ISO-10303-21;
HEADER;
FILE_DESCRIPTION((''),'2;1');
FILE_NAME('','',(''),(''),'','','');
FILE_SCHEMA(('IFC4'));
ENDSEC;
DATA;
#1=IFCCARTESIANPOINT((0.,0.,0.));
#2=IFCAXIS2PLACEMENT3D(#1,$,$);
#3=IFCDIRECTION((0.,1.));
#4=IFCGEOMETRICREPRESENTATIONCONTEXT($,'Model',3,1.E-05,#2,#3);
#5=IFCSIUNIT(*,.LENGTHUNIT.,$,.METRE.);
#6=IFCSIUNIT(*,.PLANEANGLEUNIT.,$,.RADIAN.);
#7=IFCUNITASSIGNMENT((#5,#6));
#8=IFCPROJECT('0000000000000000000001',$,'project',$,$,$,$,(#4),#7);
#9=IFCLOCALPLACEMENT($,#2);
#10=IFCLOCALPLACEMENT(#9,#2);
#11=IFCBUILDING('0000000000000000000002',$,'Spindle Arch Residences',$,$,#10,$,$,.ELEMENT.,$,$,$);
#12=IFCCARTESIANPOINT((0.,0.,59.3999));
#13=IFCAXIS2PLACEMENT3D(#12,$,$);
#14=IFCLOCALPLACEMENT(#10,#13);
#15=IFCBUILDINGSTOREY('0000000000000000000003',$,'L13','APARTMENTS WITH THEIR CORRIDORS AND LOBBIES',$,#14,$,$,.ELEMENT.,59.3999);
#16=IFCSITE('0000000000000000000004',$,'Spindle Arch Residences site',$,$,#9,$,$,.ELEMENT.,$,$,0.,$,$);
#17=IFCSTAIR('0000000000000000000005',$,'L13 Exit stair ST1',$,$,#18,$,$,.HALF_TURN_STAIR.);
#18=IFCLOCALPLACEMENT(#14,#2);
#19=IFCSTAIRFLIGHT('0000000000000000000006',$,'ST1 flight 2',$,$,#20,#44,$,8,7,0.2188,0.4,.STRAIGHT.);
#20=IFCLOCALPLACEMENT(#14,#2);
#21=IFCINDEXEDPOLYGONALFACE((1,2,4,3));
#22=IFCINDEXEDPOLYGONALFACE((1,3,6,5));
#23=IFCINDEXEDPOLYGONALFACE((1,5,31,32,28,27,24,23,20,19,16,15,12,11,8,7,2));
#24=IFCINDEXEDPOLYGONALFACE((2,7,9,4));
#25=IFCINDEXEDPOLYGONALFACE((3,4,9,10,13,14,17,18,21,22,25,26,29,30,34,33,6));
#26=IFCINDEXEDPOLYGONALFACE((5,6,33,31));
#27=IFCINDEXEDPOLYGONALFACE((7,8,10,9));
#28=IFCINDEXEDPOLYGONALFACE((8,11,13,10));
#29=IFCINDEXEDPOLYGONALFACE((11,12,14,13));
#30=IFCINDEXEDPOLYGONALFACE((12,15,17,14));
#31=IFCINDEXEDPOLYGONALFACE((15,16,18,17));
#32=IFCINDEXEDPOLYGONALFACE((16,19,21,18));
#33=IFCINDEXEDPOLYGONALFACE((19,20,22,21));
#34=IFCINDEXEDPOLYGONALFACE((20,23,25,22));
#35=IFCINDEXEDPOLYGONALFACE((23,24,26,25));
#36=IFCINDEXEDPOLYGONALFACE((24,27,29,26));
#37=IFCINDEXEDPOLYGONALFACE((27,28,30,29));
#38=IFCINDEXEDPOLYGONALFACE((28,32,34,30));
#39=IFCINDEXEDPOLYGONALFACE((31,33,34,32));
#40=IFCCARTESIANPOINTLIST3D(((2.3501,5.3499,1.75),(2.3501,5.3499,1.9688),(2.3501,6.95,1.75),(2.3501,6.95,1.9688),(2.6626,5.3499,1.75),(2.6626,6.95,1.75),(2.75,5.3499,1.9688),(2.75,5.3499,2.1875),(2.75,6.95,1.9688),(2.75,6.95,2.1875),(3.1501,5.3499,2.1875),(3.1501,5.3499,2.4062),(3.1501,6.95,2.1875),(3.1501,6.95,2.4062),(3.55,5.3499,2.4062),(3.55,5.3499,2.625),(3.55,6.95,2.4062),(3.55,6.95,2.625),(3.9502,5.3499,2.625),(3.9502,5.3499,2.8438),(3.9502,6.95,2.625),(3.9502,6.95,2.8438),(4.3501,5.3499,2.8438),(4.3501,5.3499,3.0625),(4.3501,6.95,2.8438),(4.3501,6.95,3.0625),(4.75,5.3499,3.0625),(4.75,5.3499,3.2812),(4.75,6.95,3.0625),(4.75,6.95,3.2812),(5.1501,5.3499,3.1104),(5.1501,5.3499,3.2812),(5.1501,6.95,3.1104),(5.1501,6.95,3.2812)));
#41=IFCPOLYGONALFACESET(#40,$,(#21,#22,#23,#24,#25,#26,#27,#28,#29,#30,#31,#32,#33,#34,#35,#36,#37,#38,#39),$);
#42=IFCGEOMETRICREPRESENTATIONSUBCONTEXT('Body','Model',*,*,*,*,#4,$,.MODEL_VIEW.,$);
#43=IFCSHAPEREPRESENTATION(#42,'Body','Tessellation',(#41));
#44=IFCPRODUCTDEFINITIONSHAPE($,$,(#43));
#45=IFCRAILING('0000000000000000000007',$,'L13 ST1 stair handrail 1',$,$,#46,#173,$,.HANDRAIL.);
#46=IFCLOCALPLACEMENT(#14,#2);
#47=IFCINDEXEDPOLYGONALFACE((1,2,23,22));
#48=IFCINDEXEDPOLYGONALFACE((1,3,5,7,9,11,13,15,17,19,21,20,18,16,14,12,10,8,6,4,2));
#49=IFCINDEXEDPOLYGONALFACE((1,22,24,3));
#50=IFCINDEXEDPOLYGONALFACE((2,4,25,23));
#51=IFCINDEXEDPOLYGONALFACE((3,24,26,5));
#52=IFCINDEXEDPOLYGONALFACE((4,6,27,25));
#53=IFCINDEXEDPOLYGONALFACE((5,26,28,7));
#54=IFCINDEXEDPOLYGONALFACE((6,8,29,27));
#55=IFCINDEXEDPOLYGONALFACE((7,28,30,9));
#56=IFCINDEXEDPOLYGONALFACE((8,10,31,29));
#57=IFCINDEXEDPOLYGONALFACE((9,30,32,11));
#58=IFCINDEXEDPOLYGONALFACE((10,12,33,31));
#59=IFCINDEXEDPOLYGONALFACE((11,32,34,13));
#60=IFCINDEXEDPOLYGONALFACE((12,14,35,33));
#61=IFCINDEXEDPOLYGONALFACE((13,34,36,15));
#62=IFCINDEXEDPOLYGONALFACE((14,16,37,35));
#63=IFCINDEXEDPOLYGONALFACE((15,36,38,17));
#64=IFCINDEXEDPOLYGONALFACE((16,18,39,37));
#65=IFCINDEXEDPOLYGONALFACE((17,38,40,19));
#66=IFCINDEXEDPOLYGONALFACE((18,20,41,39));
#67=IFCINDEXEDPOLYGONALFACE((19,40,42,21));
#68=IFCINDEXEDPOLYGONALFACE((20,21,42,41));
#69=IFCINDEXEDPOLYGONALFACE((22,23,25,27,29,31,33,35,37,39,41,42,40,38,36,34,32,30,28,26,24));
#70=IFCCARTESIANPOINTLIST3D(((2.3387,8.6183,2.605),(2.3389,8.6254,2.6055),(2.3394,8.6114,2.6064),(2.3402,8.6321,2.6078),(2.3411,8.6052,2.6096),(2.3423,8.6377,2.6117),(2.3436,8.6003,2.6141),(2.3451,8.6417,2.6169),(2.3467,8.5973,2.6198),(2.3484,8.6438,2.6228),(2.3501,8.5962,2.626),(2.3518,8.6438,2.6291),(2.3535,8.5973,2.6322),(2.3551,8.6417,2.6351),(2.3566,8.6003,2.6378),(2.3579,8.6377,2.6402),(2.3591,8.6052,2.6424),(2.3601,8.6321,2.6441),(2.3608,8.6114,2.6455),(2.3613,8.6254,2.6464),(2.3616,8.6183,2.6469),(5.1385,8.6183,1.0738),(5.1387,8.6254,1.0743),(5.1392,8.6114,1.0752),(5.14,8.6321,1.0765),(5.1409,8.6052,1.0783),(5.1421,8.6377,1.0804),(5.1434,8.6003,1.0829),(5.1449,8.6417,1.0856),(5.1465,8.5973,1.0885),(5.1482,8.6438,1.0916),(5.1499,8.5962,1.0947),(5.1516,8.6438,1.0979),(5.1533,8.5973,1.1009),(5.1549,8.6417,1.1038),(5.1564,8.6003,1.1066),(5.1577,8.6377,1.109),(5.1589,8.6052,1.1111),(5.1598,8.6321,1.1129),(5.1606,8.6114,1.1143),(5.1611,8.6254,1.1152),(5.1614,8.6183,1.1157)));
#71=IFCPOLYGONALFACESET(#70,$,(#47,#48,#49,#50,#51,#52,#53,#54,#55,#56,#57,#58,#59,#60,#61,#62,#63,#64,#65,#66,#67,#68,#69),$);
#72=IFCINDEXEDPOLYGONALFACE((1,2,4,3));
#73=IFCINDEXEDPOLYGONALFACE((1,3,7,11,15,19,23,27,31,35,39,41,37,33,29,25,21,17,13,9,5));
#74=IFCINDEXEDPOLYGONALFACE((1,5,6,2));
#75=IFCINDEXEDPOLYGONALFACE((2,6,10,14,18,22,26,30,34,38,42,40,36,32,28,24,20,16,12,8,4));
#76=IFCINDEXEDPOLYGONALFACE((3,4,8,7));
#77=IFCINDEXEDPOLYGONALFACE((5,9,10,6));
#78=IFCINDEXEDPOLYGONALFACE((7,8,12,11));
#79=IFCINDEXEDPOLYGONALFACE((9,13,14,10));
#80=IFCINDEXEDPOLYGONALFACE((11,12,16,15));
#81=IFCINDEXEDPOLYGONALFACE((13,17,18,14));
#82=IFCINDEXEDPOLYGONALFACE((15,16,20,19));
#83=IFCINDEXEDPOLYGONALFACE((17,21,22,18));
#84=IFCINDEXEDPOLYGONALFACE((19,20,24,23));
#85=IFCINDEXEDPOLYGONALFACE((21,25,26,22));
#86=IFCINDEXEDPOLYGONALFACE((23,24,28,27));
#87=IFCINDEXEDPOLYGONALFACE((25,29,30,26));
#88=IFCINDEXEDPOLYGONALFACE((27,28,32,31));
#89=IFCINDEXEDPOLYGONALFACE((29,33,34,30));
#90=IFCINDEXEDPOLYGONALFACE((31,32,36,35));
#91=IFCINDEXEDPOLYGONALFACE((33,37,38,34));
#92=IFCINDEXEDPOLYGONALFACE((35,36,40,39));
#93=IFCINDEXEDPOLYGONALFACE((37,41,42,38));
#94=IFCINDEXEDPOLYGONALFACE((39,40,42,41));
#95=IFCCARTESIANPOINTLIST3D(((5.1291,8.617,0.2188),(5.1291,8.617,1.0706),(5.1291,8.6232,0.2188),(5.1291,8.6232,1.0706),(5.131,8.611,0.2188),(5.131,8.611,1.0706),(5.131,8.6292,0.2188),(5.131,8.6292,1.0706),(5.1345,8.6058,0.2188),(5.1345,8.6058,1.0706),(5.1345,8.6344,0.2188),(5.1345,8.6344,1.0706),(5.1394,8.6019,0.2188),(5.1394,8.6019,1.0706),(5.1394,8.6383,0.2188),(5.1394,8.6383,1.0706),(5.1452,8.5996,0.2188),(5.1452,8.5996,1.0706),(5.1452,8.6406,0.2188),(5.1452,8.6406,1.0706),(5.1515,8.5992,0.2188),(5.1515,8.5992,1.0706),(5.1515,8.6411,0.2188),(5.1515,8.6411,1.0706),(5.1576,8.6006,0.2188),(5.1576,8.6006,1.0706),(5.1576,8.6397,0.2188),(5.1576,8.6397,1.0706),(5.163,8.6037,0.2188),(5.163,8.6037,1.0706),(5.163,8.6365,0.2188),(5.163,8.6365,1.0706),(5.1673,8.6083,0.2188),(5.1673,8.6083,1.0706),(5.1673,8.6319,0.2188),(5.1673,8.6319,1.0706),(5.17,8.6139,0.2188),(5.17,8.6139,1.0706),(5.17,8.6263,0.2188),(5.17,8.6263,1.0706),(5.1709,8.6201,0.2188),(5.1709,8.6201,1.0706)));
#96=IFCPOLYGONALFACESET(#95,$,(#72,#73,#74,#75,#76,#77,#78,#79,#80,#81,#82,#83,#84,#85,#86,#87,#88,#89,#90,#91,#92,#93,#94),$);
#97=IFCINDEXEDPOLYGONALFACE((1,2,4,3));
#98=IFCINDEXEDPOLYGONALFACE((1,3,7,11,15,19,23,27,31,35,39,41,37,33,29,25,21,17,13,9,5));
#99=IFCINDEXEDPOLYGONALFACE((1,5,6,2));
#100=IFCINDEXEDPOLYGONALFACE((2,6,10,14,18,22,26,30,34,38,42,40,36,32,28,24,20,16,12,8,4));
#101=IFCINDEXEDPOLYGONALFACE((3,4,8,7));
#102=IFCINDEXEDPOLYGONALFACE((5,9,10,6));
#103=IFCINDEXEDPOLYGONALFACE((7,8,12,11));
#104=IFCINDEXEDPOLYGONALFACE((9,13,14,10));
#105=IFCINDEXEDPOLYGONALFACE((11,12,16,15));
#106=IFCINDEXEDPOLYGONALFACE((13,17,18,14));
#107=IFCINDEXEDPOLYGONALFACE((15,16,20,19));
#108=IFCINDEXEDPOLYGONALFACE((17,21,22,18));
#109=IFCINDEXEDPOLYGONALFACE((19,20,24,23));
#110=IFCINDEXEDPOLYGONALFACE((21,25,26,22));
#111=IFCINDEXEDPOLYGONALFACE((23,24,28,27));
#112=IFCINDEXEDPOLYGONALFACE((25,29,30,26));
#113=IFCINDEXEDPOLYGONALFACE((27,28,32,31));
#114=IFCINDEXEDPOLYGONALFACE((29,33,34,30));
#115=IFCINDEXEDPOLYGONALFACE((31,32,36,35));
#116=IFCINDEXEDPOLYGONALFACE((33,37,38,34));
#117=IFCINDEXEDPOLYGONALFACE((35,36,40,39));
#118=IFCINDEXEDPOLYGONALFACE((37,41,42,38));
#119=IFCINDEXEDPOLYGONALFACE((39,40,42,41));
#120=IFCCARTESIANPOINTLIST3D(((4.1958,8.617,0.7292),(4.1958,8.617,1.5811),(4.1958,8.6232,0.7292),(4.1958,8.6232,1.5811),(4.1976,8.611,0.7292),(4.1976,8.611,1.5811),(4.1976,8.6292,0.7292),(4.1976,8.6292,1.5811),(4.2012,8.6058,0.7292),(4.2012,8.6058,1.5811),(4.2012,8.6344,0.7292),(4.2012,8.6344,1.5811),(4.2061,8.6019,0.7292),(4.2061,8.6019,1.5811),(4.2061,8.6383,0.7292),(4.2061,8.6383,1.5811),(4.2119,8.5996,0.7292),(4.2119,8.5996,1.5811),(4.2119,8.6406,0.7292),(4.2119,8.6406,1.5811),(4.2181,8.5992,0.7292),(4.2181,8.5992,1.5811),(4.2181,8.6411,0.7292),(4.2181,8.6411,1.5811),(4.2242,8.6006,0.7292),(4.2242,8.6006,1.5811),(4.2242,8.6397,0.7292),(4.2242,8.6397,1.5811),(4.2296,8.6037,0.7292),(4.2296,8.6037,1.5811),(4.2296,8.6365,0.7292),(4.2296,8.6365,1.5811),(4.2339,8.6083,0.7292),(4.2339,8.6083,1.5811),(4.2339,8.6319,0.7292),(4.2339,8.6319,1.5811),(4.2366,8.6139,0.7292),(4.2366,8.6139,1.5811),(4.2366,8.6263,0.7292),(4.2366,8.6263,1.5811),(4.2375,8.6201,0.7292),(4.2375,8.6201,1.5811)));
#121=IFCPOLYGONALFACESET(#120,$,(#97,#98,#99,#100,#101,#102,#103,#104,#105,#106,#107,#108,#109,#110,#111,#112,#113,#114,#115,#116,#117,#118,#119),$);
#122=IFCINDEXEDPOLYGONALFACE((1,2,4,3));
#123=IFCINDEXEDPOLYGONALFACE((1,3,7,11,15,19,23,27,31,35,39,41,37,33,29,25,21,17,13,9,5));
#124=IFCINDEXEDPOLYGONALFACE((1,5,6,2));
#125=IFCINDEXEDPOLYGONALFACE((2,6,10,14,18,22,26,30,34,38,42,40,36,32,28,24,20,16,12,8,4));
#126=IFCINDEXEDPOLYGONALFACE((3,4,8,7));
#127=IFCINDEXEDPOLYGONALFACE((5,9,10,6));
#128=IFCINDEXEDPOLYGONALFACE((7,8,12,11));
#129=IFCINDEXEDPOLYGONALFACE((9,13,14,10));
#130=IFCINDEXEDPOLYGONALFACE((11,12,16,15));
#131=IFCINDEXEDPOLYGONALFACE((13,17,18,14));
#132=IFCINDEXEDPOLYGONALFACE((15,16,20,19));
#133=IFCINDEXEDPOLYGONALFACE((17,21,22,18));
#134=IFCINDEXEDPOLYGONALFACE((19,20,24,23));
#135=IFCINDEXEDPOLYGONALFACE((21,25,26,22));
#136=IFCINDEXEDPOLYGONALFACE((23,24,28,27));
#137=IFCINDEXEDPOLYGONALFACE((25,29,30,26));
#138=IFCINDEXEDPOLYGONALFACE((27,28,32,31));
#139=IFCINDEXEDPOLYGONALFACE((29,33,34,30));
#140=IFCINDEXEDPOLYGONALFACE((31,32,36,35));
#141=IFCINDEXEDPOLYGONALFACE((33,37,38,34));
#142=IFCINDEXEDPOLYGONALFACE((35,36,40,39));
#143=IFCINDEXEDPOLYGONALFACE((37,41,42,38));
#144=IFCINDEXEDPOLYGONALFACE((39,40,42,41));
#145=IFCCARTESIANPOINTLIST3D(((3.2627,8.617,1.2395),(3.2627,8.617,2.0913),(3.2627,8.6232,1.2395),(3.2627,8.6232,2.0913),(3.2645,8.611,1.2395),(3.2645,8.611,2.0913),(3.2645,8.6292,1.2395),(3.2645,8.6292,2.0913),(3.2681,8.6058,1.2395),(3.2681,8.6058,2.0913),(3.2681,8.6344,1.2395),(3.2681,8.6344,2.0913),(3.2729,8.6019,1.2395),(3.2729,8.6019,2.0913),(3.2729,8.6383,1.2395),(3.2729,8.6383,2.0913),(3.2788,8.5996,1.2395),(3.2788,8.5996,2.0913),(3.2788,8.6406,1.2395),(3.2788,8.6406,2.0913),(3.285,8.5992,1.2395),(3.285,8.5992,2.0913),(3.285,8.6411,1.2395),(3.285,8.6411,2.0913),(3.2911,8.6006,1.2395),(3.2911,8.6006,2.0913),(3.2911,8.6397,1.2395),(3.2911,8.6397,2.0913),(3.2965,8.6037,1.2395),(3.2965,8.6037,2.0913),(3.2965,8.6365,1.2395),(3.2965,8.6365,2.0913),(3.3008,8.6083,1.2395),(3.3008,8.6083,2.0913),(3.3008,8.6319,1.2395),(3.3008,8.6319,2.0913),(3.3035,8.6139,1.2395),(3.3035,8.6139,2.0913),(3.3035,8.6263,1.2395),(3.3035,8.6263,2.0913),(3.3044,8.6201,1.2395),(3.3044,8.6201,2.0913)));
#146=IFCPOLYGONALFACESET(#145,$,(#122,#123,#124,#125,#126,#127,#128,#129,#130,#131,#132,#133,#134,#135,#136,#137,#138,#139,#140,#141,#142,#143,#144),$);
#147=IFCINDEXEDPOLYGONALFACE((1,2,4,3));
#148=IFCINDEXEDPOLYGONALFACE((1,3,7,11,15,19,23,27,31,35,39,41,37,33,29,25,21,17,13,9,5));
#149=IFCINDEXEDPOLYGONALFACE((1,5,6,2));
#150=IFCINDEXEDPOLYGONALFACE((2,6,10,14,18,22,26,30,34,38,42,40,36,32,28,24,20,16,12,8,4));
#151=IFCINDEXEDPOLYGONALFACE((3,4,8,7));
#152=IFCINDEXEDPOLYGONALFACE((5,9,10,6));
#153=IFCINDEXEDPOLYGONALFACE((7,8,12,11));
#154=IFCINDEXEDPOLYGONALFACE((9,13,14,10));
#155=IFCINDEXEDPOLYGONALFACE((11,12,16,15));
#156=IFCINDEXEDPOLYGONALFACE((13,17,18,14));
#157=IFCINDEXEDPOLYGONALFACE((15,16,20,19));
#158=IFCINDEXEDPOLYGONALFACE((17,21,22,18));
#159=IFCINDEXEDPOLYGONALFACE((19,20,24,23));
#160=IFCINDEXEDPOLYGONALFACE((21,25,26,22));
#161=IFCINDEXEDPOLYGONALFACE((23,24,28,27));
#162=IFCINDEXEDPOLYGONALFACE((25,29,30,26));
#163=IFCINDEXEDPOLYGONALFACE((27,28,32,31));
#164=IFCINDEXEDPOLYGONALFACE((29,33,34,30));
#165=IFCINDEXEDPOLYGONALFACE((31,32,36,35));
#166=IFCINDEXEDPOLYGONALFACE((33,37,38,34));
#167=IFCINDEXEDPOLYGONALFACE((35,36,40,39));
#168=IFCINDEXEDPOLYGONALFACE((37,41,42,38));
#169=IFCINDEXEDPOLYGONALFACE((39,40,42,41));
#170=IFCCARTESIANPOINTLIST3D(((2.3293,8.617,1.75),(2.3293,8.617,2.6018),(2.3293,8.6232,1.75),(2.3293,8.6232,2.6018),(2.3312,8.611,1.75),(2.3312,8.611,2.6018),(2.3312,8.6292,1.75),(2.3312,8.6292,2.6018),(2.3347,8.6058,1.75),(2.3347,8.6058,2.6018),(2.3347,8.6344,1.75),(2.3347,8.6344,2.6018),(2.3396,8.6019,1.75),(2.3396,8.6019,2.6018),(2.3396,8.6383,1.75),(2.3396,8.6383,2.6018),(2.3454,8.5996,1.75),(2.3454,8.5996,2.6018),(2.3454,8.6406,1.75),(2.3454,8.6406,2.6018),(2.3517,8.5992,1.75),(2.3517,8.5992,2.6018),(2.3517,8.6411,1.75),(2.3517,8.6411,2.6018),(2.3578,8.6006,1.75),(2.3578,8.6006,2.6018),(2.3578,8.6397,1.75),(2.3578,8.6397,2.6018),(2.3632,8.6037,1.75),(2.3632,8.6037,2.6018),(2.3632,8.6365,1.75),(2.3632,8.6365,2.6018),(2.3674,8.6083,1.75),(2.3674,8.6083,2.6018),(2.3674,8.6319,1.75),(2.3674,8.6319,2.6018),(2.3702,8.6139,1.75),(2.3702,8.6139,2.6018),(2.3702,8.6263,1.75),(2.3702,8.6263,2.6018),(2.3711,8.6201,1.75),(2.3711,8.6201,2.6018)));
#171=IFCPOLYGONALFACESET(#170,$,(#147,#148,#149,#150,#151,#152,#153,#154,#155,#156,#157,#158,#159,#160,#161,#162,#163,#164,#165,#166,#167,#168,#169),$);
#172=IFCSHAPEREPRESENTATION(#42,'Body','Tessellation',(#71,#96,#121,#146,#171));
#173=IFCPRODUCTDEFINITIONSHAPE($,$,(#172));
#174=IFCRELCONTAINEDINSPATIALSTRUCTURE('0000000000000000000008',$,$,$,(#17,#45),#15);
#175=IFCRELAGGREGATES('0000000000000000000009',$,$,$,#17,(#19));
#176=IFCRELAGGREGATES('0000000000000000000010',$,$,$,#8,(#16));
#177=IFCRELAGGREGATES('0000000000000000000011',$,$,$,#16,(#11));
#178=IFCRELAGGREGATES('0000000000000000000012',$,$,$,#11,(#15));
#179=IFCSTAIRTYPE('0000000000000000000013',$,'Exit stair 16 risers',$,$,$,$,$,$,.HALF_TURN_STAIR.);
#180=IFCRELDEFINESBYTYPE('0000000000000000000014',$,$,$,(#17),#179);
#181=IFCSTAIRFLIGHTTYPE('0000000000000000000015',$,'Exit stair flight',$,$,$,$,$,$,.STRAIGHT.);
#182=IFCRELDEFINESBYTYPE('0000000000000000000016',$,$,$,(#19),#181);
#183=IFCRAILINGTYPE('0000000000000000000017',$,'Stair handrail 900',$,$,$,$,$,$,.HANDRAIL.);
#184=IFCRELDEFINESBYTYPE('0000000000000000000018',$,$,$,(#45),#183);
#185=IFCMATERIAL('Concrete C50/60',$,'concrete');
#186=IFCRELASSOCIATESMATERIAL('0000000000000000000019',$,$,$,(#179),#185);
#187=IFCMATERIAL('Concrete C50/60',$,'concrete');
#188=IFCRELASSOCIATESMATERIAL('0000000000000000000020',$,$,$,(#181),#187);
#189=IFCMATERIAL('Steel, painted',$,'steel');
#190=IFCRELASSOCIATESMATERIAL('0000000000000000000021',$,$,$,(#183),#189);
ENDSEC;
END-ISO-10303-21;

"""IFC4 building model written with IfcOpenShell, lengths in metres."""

from ifc_helpers import new_model, si_unit, direction, frame, origin, origin_2d, place, context, subcontext, project, spatial, polyline, circle, outline, extrude, material, type_object, element, aggregate, save


model = new_model("IFC4")

# Units and contexts
model_context = context("Model", 3, precision=1e-05, world=origin(), true_north=direction((0.0, 1.0)))
body_context = subcontext(model_context, "Body", "Model", "MODEL_VIEW")
ifc_project = project(units=[si_unit("LENGTHUNIT", "METRE"), si_unit("PLANEANGLEUNIT", "RADIAN")], contexts=[model_context])

# Site, building, storey
site_placement = place(None, origin())
site = spatial("IfcSite", under=ifc_project, at=site_placement, Name="Spindle Arch Residences site", CompositionType="ELEMENT", RefElevation=0.0)
building_placement = place(site_placement, origin())
building = spatial("IfcBuilding", under=site, at=building_placement, Name="Spindle Arch Residences", CompositionType="ELEMENT")
storey_placement = place(building_placement, frame((0.0, 0.0, 59.3999)))
storey = spatial("IfcBuildingStorey", under=building, at=storey_placement, Name="L13", Description="APARTMENTS WITH THEIR CORRIDORS AND LOBBIES", CompositionType="ELEMENT", Elevation=59.3999)

# Shared definitions
ifc_material_1 = material(Name="Concrete C50/60", Category="concrete")
stair_type = type_object("IfcStairType", Name="Exit stair 16 risers", PredefinedType="HALF_TURN_STAIR", material=ifc_material_1)

# Stair, stair flight
stair_1_placement = place(storey_placement, origin())
stair_1 = element("IfcStair", 1, at=stair_1_placement, inside=storey, type_object=stair_type, Name="L13 Exit stair ST1", PredefinedType="HALF_TURN_STAIR")
ifc_material_2 = material(Name="Concrete C50/60", Category="concrete")
stair_flight_type = type_object("IfcStairFlightType", Name="Exit stair flight", PredefinedType="STRAIGHT", material=ifc_material_2)
stair_flight_1_placement = place(storey_placement, frame((2.3501, 6.1499, 1.75), z_axis=(0.0, 0.0, 1.0), x_axis=(1.0, 0.0, 0.0)))
stair_flight_1 = element("IfcStairFlight", 2, at=stair_flight_1_placement, type_object=stair_flight_type, Name="ST1 flight 2", NumberOfRisers=8, NumberOfTreads=7, PredefinedType="STRAIGHT", RiserHeight=0.2188, TreadLength=0.4, context=body_context, shape_type="SweptSolid", body=[
    extrude(outline(polyline([(0.0, 0.0), (0.0, 0.2188), (0.3999, 0.2188), (0.3999, 0.4375), (0.8, 0.4375), (0.8, 0.6562), (1.2, 0.6562), (1.2, 0.875), (1.6001, 0.875), (1.6001, 1.0938), (2.0, 1.0938), (2.0, 1.3125), (2.3999, 1.3125), (2.3999, 1.5312), (2.8, 1.5312), (2.8, 1.75), (2.8, 1.3604), (0.3125, 0.0), (0.0, 0.0)])), frame((0.0, 0.8, 0.0), z_axis=(0.0, -1.0, 0.0), x_axis=(1.0, 0.0, 0.0)), (0.0, 0.0, 1.0), 1.6001),
])
aggregate(stair_1, [stair_flight_1])

# Railing
ifc_material_3 = material(Name="Steel, painted", Category="steel")
railing_type_1 = type_object("IfcRailingType", Name="Stair handrail 900", PredefinedType="HANDRAIL", material=ifc_material_3)
railing_1_placement = place(storey_placement, frame((5.1499, 8.6201, 0.2188)))
element("IfcRailing", 3, at=railing_1_placement, inside=storey, type_object=railing_type_1, Name="L13 ST1 stair handrail 1", PredefinedType="HANDRAIL", context=body_context, shape_type="SweptSolid", body=[
    extrude(circle(Radius=0.0239, at=origin_2d()), frame((0.0, 0.0, 0.876), z_axis=(-0.877357, 0.0, 0.479838), x_axis=(0.0, -1.0, 0.0)), (0.0, 0.0, 1.0), 3.1912),
    extrude(circle(Radius=0.021, at=origin_2d()), origin(), (0.0, 0.0, 1.0), 0.8518),
    extrude(circle(Radius=0.021, at=origin_2d()), frame((-0.9333, 0.0, 0.5105)), (0.0, 0.0, 1.0), 0.8518),
    extrude(circle(Radius=0.021, at=origin_2d()), frame((-1.8665, 0.0, 1.0208)), (0.0, 0.0, 1.0), 0.8518),
    extrude(circle(Radius=0.021, at=origin_2d()), frame((-2.7998, 0.0, 1.5312)), (0.0, 0.0, 1.0), 0.8518),
])

save(model, "model.ifc")
